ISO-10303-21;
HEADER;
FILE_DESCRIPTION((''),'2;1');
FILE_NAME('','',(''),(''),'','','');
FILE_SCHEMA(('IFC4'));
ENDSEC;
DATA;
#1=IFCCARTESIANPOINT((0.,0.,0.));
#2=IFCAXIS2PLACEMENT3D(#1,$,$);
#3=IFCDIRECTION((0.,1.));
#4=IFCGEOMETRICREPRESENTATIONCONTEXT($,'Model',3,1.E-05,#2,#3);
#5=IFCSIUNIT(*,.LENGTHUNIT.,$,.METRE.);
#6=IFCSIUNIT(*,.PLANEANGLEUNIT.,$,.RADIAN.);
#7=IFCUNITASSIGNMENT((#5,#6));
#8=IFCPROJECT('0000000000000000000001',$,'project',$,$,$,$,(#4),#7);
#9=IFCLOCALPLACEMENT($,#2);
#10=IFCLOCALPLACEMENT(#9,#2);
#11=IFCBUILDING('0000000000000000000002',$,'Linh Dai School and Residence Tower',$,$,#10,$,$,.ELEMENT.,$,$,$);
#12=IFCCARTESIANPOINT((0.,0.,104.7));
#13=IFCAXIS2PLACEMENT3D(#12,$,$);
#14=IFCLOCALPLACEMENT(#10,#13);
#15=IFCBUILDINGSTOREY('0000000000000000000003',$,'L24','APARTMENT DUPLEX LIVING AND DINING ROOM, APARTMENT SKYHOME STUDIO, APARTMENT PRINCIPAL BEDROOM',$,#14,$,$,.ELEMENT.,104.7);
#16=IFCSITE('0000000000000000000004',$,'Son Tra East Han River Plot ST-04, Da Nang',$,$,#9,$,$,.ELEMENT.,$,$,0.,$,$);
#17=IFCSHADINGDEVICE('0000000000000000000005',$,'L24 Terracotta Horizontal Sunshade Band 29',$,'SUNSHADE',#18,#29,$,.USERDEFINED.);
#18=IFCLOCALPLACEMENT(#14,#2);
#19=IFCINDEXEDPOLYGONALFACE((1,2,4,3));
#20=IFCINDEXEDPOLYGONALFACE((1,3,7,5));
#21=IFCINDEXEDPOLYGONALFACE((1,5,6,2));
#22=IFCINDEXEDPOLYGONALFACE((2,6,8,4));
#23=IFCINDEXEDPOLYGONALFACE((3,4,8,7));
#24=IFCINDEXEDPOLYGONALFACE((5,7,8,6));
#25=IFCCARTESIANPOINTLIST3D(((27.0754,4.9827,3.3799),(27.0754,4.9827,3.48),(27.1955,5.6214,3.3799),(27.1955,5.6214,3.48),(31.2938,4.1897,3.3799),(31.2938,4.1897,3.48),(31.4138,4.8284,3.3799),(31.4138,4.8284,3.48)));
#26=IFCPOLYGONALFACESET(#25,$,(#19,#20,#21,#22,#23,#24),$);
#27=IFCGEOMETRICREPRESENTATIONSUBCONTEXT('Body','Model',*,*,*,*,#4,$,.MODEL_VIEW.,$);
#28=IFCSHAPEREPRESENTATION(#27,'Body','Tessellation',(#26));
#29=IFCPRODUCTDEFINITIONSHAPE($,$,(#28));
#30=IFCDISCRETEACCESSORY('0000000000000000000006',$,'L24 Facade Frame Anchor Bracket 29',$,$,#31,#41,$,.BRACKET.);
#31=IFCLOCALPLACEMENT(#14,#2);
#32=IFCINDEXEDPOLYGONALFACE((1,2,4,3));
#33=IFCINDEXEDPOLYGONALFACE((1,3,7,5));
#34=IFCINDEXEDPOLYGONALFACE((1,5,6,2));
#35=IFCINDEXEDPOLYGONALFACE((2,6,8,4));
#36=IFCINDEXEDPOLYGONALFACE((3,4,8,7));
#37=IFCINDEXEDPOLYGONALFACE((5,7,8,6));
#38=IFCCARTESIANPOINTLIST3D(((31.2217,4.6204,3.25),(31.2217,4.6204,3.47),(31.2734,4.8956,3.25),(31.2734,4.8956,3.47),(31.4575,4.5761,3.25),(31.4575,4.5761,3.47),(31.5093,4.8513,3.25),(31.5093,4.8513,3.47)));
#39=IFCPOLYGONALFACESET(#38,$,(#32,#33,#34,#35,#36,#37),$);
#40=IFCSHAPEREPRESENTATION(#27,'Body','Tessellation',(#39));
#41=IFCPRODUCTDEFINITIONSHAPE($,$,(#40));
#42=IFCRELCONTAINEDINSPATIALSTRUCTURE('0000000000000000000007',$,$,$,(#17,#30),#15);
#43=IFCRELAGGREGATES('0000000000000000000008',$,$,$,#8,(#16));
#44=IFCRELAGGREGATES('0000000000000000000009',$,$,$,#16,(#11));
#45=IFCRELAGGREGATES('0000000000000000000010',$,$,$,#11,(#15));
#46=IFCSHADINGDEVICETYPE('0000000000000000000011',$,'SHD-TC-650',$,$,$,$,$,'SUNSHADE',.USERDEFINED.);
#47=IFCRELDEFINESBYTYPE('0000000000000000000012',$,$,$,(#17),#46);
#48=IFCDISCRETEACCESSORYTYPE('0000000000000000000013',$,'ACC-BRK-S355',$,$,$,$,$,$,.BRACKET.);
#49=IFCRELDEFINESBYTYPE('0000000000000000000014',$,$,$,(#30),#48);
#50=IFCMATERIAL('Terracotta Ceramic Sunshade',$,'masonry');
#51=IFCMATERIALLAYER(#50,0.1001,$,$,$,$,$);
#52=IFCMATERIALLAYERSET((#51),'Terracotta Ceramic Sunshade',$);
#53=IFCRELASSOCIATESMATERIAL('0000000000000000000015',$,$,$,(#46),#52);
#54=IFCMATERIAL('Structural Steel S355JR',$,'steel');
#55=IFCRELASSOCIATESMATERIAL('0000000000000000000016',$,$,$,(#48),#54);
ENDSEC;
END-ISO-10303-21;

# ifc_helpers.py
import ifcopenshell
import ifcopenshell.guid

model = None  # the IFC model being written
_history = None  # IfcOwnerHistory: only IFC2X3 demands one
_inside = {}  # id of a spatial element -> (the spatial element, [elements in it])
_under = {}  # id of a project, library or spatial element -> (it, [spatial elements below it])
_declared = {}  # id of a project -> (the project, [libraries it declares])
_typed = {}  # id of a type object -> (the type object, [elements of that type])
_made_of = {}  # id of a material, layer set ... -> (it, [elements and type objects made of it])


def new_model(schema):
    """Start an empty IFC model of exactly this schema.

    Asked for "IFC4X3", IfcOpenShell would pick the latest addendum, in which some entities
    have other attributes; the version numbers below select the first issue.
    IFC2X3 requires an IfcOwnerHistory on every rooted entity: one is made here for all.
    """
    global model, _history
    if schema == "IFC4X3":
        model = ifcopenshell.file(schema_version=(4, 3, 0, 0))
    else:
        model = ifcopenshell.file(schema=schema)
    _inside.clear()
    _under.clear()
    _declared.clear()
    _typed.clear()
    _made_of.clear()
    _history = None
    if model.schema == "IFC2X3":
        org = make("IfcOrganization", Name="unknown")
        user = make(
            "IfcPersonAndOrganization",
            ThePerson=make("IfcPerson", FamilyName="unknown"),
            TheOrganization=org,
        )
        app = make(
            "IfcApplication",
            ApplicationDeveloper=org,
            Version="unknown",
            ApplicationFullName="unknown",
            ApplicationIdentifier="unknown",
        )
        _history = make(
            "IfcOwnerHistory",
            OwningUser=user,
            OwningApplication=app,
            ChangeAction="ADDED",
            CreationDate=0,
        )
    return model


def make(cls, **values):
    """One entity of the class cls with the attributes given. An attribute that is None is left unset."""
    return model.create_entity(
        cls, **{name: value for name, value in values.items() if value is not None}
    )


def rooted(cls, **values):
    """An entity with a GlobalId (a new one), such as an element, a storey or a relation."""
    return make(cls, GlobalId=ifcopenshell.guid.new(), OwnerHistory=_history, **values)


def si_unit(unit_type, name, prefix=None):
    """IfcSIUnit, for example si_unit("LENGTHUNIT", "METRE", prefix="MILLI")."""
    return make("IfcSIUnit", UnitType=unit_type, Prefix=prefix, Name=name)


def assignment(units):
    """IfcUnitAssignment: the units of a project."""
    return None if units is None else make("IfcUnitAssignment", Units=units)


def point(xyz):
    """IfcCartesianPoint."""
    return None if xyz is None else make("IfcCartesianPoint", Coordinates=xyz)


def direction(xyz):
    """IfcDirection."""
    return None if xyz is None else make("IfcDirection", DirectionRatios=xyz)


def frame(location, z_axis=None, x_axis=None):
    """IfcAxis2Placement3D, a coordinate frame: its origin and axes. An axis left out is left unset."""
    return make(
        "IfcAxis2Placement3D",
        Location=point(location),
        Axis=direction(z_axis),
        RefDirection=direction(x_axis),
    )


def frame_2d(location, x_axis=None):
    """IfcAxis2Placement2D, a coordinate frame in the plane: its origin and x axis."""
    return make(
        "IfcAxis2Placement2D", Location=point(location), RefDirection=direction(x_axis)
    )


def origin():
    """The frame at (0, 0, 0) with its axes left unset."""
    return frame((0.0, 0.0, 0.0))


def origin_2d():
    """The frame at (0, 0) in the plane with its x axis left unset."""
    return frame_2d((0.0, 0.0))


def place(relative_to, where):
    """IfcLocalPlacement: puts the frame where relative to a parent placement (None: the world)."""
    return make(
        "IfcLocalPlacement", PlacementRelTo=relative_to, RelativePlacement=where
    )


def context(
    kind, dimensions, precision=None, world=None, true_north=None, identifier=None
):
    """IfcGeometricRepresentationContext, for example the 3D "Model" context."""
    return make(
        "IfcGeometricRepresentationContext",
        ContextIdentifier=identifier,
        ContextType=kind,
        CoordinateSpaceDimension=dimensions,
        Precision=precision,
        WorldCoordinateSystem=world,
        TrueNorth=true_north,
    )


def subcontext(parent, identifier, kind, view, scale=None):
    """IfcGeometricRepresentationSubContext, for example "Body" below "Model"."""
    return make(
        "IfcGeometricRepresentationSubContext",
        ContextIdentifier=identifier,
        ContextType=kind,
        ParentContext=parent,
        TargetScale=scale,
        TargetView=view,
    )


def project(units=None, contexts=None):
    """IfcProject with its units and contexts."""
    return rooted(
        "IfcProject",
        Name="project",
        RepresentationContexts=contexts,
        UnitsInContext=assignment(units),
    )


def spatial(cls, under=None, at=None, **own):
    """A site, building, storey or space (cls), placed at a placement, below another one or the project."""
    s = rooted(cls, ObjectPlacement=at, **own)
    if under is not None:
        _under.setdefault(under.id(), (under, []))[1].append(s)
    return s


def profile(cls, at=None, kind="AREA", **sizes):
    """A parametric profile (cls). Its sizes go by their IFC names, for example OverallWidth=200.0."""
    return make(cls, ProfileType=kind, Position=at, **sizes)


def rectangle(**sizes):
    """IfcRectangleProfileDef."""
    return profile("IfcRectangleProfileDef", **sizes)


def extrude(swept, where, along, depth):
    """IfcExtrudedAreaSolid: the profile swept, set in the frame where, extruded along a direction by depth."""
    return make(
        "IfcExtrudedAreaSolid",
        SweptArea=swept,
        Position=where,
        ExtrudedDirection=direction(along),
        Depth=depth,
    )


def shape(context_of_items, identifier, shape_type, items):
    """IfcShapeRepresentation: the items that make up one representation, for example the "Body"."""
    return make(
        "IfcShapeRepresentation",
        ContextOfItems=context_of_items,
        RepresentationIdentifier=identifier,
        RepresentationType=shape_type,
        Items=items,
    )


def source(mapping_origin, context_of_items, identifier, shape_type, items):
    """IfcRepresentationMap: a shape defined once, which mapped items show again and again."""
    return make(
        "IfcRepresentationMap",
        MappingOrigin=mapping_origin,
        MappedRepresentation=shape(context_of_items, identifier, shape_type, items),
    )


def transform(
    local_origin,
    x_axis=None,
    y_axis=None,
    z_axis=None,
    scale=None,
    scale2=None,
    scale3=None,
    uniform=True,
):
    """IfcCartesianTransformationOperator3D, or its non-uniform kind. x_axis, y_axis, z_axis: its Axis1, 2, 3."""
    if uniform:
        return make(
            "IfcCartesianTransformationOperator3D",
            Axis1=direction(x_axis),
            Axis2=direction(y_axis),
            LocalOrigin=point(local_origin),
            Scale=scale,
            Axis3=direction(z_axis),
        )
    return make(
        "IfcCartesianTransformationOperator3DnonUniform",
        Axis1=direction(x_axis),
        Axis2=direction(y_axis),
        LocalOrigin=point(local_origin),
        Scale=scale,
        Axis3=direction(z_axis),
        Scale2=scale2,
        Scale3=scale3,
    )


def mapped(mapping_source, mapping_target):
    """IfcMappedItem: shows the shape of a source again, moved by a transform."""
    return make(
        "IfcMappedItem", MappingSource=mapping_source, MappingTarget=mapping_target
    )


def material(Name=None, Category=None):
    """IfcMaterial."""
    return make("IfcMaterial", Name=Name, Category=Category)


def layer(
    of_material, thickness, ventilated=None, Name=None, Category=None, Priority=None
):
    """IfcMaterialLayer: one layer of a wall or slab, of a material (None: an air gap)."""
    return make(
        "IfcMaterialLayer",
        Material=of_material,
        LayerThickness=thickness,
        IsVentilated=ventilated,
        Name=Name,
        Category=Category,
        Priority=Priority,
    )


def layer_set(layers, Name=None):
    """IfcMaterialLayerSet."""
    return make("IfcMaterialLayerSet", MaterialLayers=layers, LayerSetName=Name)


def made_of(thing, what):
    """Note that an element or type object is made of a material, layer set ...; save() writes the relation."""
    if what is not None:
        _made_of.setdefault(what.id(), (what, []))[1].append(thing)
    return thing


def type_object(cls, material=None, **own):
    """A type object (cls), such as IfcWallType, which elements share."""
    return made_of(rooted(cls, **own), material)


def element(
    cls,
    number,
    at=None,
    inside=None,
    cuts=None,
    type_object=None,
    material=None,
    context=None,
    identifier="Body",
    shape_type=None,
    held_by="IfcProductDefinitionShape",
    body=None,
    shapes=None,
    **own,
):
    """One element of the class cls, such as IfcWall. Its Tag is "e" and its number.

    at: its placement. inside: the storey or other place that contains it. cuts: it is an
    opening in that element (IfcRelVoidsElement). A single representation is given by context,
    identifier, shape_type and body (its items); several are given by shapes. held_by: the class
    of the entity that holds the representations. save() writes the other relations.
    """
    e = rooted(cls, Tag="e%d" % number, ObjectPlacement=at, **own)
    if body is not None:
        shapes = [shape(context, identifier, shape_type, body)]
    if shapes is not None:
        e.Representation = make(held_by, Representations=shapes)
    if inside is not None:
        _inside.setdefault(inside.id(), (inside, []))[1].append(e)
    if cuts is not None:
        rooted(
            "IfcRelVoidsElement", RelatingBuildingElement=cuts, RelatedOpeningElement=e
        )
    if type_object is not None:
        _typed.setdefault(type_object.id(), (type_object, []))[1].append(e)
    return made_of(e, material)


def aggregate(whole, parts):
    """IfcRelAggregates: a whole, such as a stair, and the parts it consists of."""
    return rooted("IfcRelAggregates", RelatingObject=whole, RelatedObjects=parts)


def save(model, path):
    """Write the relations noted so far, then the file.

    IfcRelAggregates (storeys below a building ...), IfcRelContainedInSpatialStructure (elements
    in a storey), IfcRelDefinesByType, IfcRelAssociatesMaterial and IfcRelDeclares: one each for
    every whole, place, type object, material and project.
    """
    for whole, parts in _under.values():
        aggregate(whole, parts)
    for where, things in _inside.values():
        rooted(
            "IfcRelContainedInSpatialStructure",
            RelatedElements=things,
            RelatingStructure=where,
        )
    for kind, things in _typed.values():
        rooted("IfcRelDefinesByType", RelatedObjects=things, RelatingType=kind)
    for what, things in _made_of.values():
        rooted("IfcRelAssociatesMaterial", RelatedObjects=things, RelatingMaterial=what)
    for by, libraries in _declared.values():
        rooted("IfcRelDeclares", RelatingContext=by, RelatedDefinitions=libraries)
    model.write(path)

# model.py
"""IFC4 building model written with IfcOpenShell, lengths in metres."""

from ifc_helpers import new_model, si_unit, direction, frame, origin, origin_2d, place, context, subcontext, project, spatial, rectangle, extrude, source, transform, mapped, material, layer, layer_set, type_object, element, save


model = new_model("IFC4")

# Units and contexts
model_context = context("Model", 3, precision=1e-05, world=origin(), true_north=direction((0.0, 1.0)))
body_context = subcontext(model_context, "Body", "Model", "MODEL_VIEW")
ifc_project = project(units=[si_unit("LENGTHUNIT", "METRE"), si_unit("PLANEANGLEUNIT", "RADIAN")], contexts=[model_context])

# Site, building, storey
site_placement = place(None, origin())
site = spatial("IfcSite", under=ifc_project, at=site_placement, Name="Son Tra East Han River Plot ST-04, Da Nang", CompositionType="ELEMENT", RefElevation=0.0)
building_placement = place(site_placement, origin())
building = spatial("IfcBuilding", under=site, at=building_placement, Name="Linh Dai School and Residence Tower", CompositionType="ELEMENT")
storey_placement = place(building_placement, frame((0.0, 0.0, 104.7)))
storey = spatial("IfcBuildingStorey", under=building, at=storey_placement, Name="L24", Description="APARTMENT DUPLEX LIVING AND DINING ROOM, APARTMENT SKYHOME STUDIO, APARTMENT PRINCIPAL BEDROOM", CompositionType="ELEMENT", Elevation=104.7)

# Shared definitions
ifc_material_1 = material(Name="Structural Steel S355JR", Category="steel")

# Shading device
ifc_material_2 = material(Name="Terracotta Ceramic Sunshade", Category="masonry")
ifc_layer_1 = layer(ifc_material_2, 0.1001)
ifc_layer_set_1 = layer_set([ifc_layer_1], Name="Terracotta Ceramic Sunshade")
shading_device_type = type_object("IfcShadingDeviceType", Name="SHD-TC-650", ElementType="SUNSHADE", PredefinedType="USERDEFINED", material=ifc_layer_set_1)
shared_shape_1 = source(origin(), body_context, "Body", "SweptSolid", [
    extrude(rectangle(XDim=4.2922, YDim=0.6499, at=origin_2d()), origin(), (0.0, 0.0, 1.0), 0.1001),
])
shading_device_placement = place(storey_placement, frame((29.2446, 4.9055, 3.3799), z_axis=(0.0, 0.0, 1.0), x_axis=(-0.982785, 0.184755, 0.0)))
element("IfcShadingDevice", 1, at=shading_device_placement, inside=storey, type_object=shading_device_type, Name="L24 Terracotta Horizontal Sunshade Band 29", ObjectType="SUNSHADE", PredefinedType="USERDEFINED", context=body_context, shape_type="MappedRepresentation", body=[
    mapped(shared_shape_1, transform((0.0, 0.0, 0.0), x_axis=(1.0, 0.0, 0.0), y_axis=(0.0, 1.0, 0.0), z_axis=(0.0, 0.0, 1.0), scale=1.0)),
])

# Discrete accessory
discrete_accessory_type = type_object("IfcDiscreteAccessoryType", Name="ACC-BRK-S355", PredefinedType="BRACKET", material=ifc_material_1)
shared_shape_2 = source(origin(), body_context, "Body", "SweptSolid", [
    extrude(rectangle(XDim=0.28, YDim=0.24, at=origin_2d()), origin(), (0.0, 0.0, 1.0), 0.22),
])
discrete_accessory_placement = place(storey_placement, frame((31.3655, 4.7358, 3.25), z_axis=(0.0, 0.0, 1.0), x_axis=(-0.184755, -0.982785, 0.0)))
element("IfcDiscreteAccessory", 2, at=discrete_accessory_placement, inside=storey, type_object=discrete_accessory_type, Name="L24 Facade Frame Anchor Bracket 29", PredefinedType="BRACKET", context=body_context, shape_type="MappedRepresentation", body=[
    mapped(shared_shape_2, transform((0.0, 0.0, 0.0), x_axis=(1.0, 0.0, 0.0), y_axis=(0.0, 1.0, 0.0), z_axis=(0.0, 0.0, 1.0), scale=1.0)),
])

save(model, "model.ifc")
